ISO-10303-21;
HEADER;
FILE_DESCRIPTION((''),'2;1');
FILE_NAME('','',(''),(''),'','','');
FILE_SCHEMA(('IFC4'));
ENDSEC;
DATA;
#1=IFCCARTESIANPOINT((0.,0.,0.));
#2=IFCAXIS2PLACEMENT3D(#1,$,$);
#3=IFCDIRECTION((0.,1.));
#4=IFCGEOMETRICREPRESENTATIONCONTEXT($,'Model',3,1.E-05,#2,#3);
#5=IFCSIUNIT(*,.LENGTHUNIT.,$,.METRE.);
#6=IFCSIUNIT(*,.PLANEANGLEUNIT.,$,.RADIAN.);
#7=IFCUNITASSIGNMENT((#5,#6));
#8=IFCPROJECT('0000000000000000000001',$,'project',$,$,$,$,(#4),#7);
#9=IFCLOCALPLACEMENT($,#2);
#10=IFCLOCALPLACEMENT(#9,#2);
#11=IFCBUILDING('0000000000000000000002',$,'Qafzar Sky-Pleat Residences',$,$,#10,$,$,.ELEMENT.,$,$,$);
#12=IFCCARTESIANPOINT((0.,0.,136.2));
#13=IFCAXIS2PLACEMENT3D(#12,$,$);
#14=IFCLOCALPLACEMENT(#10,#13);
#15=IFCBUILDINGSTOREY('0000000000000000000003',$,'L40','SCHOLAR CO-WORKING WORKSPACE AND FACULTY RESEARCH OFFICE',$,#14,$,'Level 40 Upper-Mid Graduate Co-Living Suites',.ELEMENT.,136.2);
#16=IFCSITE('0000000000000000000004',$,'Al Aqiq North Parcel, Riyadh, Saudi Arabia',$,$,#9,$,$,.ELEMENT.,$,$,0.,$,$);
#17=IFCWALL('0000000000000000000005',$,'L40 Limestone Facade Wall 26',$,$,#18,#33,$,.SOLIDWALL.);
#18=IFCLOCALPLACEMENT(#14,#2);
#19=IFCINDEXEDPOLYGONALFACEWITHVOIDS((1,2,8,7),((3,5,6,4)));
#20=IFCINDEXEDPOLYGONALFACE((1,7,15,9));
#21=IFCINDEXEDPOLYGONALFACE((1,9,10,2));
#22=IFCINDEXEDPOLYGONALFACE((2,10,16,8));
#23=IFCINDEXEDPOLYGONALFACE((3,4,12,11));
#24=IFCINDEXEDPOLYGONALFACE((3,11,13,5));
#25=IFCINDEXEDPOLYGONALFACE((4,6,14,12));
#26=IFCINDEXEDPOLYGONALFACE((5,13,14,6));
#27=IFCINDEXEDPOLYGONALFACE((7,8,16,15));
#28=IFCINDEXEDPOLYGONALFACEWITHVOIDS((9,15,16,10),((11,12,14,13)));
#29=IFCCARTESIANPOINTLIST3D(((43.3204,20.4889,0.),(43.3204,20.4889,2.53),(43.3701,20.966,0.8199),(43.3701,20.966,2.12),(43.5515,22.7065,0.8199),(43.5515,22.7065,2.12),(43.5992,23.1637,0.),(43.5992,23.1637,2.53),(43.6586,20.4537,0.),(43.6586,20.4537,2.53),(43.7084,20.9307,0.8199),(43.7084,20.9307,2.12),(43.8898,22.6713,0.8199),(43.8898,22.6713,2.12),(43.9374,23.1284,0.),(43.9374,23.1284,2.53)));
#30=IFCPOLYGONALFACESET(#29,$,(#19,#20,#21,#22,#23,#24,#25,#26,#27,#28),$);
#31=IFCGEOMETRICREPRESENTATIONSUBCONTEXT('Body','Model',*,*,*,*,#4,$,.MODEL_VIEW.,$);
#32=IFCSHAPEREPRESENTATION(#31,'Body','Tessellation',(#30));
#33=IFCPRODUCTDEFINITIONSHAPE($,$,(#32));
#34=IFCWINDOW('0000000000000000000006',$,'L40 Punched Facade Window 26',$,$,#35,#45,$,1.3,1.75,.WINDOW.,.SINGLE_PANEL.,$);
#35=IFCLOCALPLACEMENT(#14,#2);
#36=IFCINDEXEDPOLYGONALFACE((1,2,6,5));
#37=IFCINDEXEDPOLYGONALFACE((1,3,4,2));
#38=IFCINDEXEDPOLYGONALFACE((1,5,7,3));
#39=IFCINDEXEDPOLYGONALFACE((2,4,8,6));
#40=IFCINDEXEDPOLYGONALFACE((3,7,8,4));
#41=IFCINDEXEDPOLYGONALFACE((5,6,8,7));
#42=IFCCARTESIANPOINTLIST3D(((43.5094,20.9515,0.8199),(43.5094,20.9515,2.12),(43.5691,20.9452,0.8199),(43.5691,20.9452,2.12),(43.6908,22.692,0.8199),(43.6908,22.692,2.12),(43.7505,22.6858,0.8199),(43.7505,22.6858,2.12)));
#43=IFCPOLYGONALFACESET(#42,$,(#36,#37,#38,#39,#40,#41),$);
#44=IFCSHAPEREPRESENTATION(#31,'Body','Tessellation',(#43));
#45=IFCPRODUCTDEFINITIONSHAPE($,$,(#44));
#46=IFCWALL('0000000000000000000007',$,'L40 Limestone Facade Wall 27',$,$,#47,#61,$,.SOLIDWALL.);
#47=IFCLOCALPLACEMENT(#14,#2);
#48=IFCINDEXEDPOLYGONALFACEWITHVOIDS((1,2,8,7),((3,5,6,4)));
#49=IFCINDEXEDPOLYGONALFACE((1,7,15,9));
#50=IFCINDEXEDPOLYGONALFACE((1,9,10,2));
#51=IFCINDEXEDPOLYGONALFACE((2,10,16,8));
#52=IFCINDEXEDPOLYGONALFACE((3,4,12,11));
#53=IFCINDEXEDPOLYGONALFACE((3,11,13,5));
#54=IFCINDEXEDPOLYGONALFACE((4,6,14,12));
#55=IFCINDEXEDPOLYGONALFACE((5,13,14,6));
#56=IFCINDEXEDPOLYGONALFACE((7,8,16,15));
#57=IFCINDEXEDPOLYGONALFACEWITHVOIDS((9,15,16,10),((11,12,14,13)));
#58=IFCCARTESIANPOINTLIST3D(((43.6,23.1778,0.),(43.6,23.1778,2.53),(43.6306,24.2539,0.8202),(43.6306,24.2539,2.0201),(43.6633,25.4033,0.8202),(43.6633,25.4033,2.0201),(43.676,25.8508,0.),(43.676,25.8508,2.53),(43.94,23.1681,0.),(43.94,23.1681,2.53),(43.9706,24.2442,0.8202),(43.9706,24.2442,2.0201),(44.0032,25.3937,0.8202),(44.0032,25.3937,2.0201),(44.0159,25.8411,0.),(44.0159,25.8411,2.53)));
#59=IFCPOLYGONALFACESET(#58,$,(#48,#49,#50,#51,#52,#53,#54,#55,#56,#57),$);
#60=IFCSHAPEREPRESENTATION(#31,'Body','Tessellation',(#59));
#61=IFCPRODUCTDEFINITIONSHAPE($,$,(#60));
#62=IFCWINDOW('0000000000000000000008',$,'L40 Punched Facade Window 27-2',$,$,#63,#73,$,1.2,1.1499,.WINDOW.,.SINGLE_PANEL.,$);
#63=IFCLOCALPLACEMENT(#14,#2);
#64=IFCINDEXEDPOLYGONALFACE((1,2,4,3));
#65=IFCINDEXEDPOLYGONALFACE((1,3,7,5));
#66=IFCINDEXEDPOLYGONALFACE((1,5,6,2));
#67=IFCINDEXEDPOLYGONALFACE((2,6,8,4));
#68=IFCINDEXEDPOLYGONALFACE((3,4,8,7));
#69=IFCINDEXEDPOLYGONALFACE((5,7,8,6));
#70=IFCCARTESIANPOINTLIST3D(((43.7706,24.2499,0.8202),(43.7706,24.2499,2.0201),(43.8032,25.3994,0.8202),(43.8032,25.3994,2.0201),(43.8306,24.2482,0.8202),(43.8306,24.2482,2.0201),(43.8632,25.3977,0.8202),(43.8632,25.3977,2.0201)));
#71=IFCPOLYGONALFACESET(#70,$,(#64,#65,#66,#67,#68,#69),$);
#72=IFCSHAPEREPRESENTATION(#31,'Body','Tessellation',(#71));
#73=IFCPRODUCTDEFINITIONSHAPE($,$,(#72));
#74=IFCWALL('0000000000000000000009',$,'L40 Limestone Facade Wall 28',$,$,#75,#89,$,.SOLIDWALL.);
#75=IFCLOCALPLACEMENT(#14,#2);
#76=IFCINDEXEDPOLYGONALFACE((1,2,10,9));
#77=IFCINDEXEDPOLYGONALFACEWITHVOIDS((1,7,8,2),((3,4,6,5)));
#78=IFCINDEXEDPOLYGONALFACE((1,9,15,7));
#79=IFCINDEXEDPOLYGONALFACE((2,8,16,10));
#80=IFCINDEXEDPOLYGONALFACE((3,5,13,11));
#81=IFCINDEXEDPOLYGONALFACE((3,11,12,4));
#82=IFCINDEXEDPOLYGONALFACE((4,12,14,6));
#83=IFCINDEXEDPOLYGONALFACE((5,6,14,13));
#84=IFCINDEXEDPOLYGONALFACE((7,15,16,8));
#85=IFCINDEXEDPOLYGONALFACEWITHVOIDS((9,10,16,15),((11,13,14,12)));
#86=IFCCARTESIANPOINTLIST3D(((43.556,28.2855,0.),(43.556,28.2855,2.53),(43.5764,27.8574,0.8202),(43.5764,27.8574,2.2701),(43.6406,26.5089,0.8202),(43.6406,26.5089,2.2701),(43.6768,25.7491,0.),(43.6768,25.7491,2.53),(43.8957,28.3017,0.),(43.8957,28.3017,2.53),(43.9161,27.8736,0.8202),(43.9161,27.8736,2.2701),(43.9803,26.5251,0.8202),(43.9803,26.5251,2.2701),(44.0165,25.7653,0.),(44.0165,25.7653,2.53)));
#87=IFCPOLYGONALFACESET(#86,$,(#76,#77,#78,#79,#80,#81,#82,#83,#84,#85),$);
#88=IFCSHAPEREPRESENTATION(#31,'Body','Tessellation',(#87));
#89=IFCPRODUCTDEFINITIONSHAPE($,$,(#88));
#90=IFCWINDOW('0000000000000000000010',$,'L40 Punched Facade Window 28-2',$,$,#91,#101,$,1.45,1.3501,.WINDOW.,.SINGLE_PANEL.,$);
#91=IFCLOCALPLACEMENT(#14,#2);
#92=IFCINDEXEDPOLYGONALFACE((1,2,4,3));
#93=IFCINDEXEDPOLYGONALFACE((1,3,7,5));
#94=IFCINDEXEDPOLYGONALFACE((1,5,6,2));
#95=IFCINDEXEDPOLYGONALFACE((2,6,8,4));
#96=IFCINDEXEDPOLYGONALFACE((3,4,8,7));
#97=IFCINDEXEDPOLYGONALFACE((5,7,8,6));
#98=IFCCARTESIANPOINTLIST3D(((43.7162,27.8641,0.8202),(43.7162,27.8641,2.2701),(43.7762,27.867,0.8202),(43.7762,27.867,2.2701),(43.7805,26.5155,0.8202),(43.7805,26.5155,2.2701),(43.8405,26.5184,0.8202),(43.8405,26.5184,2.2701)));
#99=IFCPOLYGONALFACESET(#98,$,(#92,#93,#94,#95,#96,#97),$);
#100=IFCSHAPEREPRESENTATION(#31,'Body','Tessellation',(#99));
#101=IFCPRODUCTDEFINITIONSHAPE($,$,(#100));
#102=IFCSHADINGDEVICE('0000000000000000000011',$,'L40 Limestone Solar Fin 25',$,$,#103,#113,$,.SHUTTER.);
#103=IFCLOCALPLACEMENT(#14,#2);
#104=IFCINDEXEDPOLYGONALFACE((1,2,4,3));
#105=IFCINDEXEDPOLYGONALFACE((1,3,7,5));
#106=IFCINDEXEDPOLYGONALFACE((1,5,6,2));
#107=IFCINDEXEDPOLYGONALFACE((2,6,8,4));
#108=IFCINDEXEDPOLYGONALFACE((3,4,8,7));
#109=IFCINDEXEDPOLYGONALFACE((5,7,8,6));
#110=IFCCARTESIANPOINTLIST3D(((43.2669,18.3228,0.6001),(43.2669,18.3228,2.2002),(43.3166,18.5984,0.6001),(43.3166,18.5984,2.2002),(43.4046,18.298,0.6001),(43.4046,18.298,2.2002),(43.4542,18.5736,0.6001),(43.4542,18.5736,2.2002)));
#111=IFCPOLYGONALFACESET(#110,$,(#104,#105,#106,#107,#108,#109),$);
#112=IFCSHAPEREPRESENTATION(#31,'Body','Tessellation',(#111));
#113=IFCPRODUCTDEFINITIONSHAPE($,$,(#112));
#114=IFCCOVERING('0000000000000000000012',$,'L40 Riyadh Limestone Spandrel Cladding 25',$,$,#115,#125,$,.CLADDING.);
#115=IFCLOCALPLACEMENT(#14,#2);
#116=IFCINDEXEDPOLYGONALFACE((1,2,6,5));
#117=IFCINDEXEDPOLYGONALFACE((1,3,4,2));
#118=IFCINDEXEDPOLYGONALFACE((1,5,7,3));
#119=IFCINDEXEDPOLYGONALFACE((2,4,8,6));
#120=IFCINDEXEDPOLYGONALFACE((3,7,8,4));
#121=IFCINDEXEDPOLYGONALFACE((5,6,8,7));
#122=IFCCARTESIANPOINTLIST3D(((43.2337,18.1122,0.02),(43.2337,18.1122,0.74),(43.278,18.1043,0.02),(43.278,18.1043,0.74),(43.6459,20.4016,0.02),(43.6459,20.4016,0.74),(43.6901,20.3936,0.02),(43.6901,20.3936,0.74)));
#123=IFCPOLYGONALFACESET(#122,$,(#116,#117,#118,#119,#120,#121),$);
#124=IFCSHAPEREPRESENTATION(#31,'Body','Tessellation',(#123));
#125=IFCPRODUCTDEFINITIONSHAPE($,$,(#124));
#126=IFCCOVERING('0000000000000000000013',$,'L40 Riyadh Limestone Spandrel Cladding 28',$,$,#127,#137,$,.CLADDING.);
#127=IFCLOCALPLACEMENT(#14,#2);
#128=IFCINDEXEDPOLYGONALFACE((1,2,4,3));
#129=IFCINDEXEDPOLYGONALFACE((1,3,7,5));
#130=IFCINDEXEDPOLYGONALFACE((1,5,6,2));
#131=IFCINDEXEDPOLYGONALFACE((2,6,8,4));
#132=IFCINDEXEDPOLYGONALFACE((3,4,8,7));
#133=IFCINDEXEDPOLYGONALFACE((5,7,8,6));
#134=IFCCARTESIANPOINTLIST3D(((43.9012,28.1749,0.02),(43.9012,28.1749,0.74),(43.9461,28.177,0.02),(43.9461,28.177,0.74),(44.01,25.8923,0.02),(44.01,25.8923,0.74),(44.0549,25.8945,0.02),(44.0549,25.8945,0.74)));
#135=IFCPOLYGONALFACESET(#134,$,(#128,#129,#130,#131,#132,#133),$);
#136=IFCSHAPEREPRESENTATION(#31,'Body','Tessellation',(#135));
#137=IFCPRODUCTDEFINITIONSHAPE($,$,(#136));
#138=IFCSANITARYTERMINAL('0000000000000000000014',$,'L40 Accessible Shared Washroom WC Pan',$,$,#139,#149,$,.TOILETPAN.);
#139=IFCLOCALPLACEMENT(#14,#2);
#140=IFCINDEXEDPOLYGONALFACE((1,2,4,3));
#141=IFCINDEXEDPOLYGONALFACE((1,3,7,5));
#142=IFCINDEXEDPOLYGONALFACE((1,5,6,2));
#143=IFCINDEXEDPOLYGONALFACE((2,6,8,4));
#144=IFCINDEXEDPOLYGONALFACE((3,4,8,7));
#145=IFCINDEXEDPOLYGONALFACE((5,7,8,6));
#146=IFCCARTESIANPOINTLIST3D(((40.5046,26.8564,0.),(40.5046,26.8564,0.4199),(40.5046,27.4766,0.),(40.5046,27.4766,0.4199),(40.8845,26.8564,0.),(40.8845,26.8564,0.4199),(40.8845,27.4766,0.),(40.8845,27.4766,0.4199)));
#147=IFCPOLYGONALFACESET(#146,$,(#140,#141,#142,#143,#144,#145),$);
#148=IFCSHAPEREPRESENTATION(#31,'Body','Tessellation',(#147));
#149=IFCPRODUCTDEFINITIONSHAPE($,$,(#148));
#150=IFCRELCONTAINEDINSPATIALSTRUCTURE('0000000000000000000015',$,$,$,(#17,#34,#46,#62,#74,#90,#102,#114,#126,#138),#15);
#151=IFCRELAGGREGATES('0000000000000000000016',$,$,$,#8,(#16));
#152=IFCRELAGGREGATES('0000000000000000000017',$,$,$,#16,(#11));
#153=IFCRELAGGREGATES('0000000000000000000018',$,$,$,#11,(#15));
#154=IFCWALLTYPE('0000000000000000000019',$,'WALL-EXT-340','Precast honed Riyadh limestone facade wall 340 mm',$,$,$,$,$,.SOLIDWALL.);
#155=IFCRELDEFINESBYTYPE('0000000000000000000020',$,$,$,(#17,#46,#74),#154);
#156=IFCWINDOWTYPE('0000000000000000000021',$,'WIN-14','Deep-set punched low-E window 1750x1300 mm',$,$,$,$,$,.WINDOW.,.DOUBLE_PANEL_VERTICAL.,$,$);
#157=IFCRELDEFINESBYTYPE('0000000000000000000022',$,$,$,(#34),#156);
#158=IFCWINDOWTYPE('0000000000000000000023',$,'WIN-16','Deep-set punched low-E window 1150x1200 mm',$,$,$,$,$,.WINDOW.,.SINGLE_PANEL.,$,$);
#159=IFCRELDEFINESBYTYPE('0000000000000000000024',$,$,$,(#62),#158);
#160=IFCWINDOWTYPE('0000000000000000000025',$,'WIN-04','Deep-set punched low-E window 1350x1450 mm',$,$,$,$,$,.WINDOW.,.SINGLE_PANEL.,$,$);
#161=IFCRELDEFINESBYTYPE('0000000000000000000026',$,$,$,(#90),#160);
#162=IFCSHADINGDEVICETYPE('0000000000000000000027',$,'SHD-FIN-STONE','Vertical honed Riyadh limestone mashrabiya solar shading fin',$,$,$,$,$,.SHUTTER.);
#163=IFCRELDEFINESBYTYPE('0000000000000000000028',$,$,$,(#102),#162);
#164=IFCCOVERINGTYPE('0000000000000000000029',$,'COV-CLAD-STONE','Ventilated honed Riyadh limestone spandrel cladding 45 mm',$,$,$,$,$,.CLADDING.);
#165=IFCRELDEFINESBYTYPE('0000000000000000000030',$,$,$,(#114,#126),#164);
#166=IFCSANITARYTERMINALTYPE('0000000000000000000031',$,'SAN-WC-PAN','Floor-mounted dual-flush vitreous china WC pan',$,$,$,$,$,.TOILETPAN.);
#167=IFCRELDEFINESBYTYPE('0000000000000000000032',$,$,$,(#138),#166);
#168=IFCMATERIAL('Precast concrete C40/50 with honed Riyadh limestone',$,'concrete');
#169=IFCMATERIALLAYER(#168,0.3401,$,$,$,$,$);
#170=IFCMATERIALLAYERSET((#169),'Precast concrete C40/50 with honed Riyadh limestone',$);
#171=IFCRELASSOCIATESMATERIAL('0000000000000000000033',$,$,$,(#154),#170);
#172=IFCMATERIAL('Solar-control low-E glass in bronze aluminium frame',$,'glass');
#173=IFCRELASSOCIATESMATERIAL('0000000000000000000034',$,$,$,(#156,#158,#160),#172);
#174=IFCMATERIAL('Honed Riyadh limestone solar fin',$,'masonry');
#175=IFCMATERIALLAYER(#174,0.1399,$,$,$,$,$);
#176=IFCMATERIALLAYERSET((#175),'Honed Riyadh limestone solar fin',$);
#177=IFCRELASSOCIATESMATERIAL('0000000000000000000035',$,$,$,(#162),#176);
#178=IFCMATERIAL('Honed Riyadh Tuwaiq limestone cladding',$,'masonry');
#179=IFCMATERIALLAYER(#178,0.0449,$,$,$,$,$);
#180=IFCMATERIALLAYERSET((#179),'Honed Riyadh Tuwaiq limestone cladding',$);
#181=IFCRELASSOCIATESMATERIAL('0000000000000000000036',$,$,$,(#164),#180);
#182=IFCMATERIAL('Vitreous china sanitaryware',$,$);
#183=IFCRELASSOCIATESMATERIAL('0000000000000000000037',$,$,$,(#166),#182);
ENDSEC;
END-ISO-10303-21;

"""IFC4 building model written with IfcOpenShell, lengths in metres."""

from ifc_helpers import new_model, si_unit, direction, frame, frame_2d, origin, origin_2d, place, context, subcontext, project, spatial, rectangle, extrude, source, transform, mapped, material, layer, layer_set, type_object, element, fill, save


model = new_model("IFC4")

# Units and contexts
model_context = context("Model", 3, precision=1e-05, world=origin(), true_north=direction((0.0, 1.0)))
body_context = subcontext(model_context, "Body", "Model", "MODEL_VIEW")
ifc_project = project(units=[si_unit("LENGTHUNIT", "METRE"), si_unit("PLANEANGLEUNIT", "RADIAN")], contexts=[model_context])

# Site, building, storey
site_placement = place(None, origin())
site = spatial("IfcSite", under=ifc_project, at=site_placement, Name="Al Aqiq North Parcel, Riyadh, Saudi Arabia", CompositionType="ELEMENT", RefElevation=0.0)
building_placement = place(site_placement, origin())
building = spatial("IfcBuilding", under=site, at=building_placement, Name="Qafzar Sky-Pleat Residences", CompositionType="ELEMENT")
storey_placement = place(building_placement, frame((0.0, 0.0, 136.2)))
storey = spatial("IfcBuildingStorey", under=building, at=storey_placement, Name="L40", Description="SCHOLAR CO-WORKING WORKSPACE AND FACULTY RESEARCH OFFICE", LongName="Level 40 Upper-Mid Graduate Co-Living Suites", CompositionType="ELEMENT", Elevation=136.2)

# Walls, openings, windows
ifc_material_1 = material(Name="Precast concrete C40/50 with honed Riyadh limestone", Category="concrete")
ifc_layer_1 = layer(ifc_material_1, 0.3401)
ifc_layer_set_1 = layer_set([ifc_layer_1], Name="Precast concrete C40/50 with honed Riyadh limestone")
wall_type_1 = type_object("IfcWallType", Name="WALL-EXT-340", Description="Precast honed Riyadh limestone facade wall 340 mm", PredefinedType="SOLIDWALL", material=ifc_layer_set_1)
wall_1_placement = place(storey_placement, frame((43.4895, 20.4712, 0.0), z_axis=(0.0, 0.0, 1.0), x_axis=(0.103673, 0.994611, 0.0)))
wall_1 = element("IfcWall", 1, at=wall_1_placement, inside=storey, type_object=wall_type_1, Name="L40 Limestone Facade Wall 26", PredefinedType="SOLIDWALL", context=body_context, shape_type="SweptSolid", body=[
    extrude(rectangle(XDim=2.6892, YDim=0.3401, at=frame_2d((1.3447, 0.0))), origin(), (0.0, 0.0, 1.0), 2.53),
])
opening_1_placement = place(wall_1_placement, frame((0.4797, 0.0, 0.8201)))
opening_1 = element("IfcOpeningElement", 2, at=opening_1_placement, cuts=wall_1, PredefinedType="OPENING", context=body_context, shape_type="SweptSolid", body=[
    extrude(rectangle(XDim=1.75, YDim=1.3, at=frame_2d((0.875, 0.6499))), frame((0.0, 0.1802, 0.0), z_axis=(0.0, -1.0, 0.0), x_axis=(1.0, 0.0, 0.0)), (0.0, 0.0, 1.0), 0.3601),
])
ifc_material_2 = material(Name="Solar-control low-E glass in bronze aluminium frame", Category="glass")
window_type_1 = type_object("IfcWindowType", Name="WIN-14", Description="Deep-set punched low-E window 1750x1300 mm", PartitioningType="DOUBLE_PANEL_VERTICAL", PredefinedType="WINDOW", material=ifc_material_2)
shared_shape_1 = source(origin(), body_context, "Body", "SweptSolid", [
    extrude(rectangle(XDim=1.75, YDim=1.3, at=frame_2d((0.875, 0.6499))), frame((0.0, 0.03, 0.0), z_axis=(0.0, -1.0, 0.0), x_axis=(1.0, 0.0, 0.0)), (0.0, 0.0, 1.0), 0.0601),
])
window_1_placement = place(opening_1_placement, origin())
window_1 = element("IfcWindow", 3, at=window_1_placement, inside=storey, type_object=window_type_1, Name="L40 Punched Facade Window 26", OverallHeight=1.3, OverallWidth=1.75, PartitioningType="SINGLE_PANEL", PredefinedType="WINDOW", context=body_context, shape_type="MappedRepresentation", body=[
    mapped(shared_shape_1, transform((0.0, 0.0, 0.0), x_axis=(1.0, 0.0, 0.0), y_axis=(0.0, 1.0, 0.0), z_axis=(0.0, 0.0, 1.0), scale=1.0)),
])
fill(opening_1, window_1)
wall_2_placement = place(storey_placement, frame((43.77, 23.1731, 0.0), z_axis=(0.0, 0.0, 1.0), x_axis=(0.028393, 0.999597, 0.0)))
wall_2 = element("IfcWall", 4, at=wall_2_placement, inside=storey, type_object=wall_type_1, Name="L40 Limestone Facade Wall 27", PredefinedType="SOLIDWALL", context=body_context, shape_type="SweptSolid", body=[
    extrude(rectangle(XDim=2.6741, YDim=0.3401, at=frame_2d((1.3369, 0.0))), origin(), (0.0, 0.0, 1.0), 2.53),
])
opening_2_placement = place(wall_2_placement, frame((1.0764, 0.0, 0.8201)))
opening_2 = element("IfcOpeningElement", 5, at=opening_2_placement, cuts=wall_2, PredefinedType="OPENING", context=body_context, shape_type="SweptSolid", body=[
    extrude(rectangle(XDim=1.1499, YDim=1.2, at=frame_2d((0.575, 0.6001))), frame((0.0, 0.1802, 0.0), z_axis=(0.0, -1.0, 0.0), x_axis=(1.0, 0.0, 0.0)), (0.0, 0.0, 1.0), 0.3601),
])
window_type_2 = type_object("IfcWindowType", Name="WIN-16", Description="Deep-set punched low-E window 1150x1200 mm", PartitioningType="SINGLE_PANEL", PredefinedType="WINDOW", material=ifc_material_2)
shared_shape_2 = source(origin(), body_context, "Body", "SweptSolid", [
    extrude(rectangle(XDim=1.1499, YDim=1.2, at=frame_2d((0.575, 0.6001))), frame((0.0, 0.03, 0.0), z_axis=(0.0, -1.0, 0.0), x_axis=(1.0, 0.0, 0.0)), (0.0, 0.0, 1.0), 0.0601),
])
window_2_placement = place(opening_2_placement, origin())
window_2 = element("IfcWindow", 6, at=window_2_placement, inside=storey, type_object=window_type_2, Name="L40 Punched Facade Window 27-2", OverallHeight=1.2, OverallWidth=1.1499, PartitioningType="SINGLE_PANEL", PredefinedType="WINDOW", context=body_context, shape_type="MappedRepresentation", body=[
    mapped(shared_shape_2, transform((0.0, 0.0, 0.0), x_axis=(1.0, 0.0, 0.0), y_axis=(0.0, 1.0, 0.0), z_axis=(0.0, 0.0, 1.0), scale=1.0)),
])
fill(opening_2, window_2)
wall_3_placement = place(storey_placement, frame((43.8467, 25.7573, 0.0), z_axis=(0.0, 0.0, 1.0), x_axis=(-0.047593, 0.998867, 0.0)))
wall_3 = element("IfcWall", 7, at=wall_3_placement, inside=storey, type_object=wall_type_1, Name="L40 Limestone Facade Wall 28", PredefinedType="SOLIDWALL", context=body_context, shape_type="SweptSolid", body=[
    extrude(rectangle(XDim=2.5393, YDim=0.3401, at=frame_2d((1.2695, 0.0))), origin(), (0.0, 0.0, 1.0), 2.53),
])
opening_3_placement = place(wall_3_placement, frame((0.7605, 0.0, 0.8201)))
opening_3 = element("IfcOpeningElement", 8, at=opening_3_placement, cuts=wall_3, PredefinedType="OPENING", context=body_context, shape_type="SweptSolid", body=[
    extrude(rectangle(XDim=1.3501, YDim=1.45, at=frame_2d((0.675, 0.7251))), frame((0.0, 0.1802, 0.0), z_axis=(0.0, -1.0, 0.0), x_axis=(1.0, 0.0, 0.0)), (0.0, 0.0, 1.0), 0.3601),
])
window_type_3 = type_object("IfcWindowType", Name="WIN-04", Description="Deep-set punched low-E window 1350x1450 mm", PartitioningType="SINGLE_PANEL", PredefinedType="WINDOW", material=ifc_material_2)
shared_shape_3 = source(origin(), body_context, "Body", "SweptSolid", [
    extrude(rectangle(XDim=1.3501, YDim=1.45, at=frame_2d((0.675, 0.7251))), frame((0.0, 0.03, 0.0), z_axis=(0.0, -1.0, 0.0), x_axis=(1.0, 0.0, 0.0)), (0.0, 0.0, 1.0), 0.0601),
])
window_3_placement = place(opening_3_placement, origin())
window_3 = element("IfcWindow", 9, at=window_3_placement, inside=storey, type_object=window_type_3, Name="L40 Punched Facade Window 28-2", OverallHeight=1.45, OverallWidth=1.3501, PartitioningType="SINGLE_PANEL", PredefinedType="WINDOW", context=body_context, shape_type="MappedRepresentation", body=[
    mapped(shared_shape_3, transform((0.0, 0.0, 0.0), x_axis=(1.0, 0.0, 0.0), y_axis=(0.0, 1.0, 0.0), z_axis=(0.0, 0.0, 1.0), scale=1.0)),
])
fill(opening_3, window_3)

# Shading device
ifc_material_3 = material(Name="Honed Riyadh limestone solar fin", Category="masonry")
ifc_layer_2 = layer(ifc_material_3, 0.1399)
ifc_layer_set_2 = layer_set([ifc_layer_2], Name="Honed Riyadh limestone solar fin")
shading_device_type = type_object("IfcShadingDeviceType", Name="SHD-FIN-STONE", Description="Vertical honed Riyadh limestone mashrabiya solar shading fin", PredefinedType="SHUTTER", material=ifc_layer_set_2)
shared_shape_4 = source(origin(), body_context, "Body", "SweptSolid", [
    extrude(rectangle(XDim=0.1399, YDim=0.28, at=origin_2d()), origin(), (0.0, 0.0, 1.0), 1.6001),
])
shading_device_placement = place(storey_placement, frame((43.3606, 18.4482, 0.6001), z_axis=(0.0, 0.0, 1.0), x_axis=(0.984177, -0.177188, 0.0)))
element("IfcShadingDevice", 10, at=shading_device_placement, inside=storey, type_object=shading_device_type, Name="L40 Limestone Solar Fin 25", PredefinedType="SHUTTER", context=body_context, shape_type="MappedRepresentation", body=[
    mapped(shared_shape_4, transform((0.0, 0.0, 0.0), x_axis=(1.0, 0.0, 0.0), y_axis=(0.0, 1.0, 0.0), z_axis=(0.0, 0.0, 1.0), scale=1.0)),
])

# Coverings
ifc_material_4 = material(Name="Honed Riyadh Tuwaiq limestone cladding", Category="masonry")
ifc_layer_3 = layer(ifc_material_4, 0.0449)
ifc_layer_set_3 = layer_set([ifc_layer_3], Name="Honed Riyadh Tuwaiq limestone cladding")
covering_type = type_object("IfcCoveringType", Name="COV-CLAD-STONE", Description="Ventilated honed Riyadh limestone spandrel cladding 45 mm", PredefinedType="CLADDING", material=ifc_layer_set_3)
shared_shape_5 = source(origin(), body_context, "Body", "SweptSolid", [
    extrude(rectangle(XDim=2.3262, YDim=0.0449, at=origin_2d()), origin(), (0.0, 0.0, 1.0), 0.72),
])
covering_1_placement = place(storey_placement, frame((43.4619, 19.2529, 0.02), z_axis=(0.0, 0.0, 1.0), x_axis=(0.177166, 0.984181, 0.0)))
element("IfcCovering", 11, at=covering_1_placement, inside=storey, type_object=covering_type, Name="L40 Riyadh Limestone Spandrel Cladding 25", PredefinedType="CLADDING", context=body_context, shape_type="MappedRepresentation", body=[
    mapped(shared_shape_5, transform((0.0, 0.0, 0.0), x_axis=(1.0, 0.0, 0.0), y_axis=(0.0, 1.0, 0.0), z_axis=(0.0, 0.0, 1.0), scale=1.0)),
])
shared_shape_6 = source(origin(), body_context, "Body", "SweptSolid", [
    extrude(rectangle(XDim=2.2852, YDim=0.0449, at=origin_2d()), origin(), (0.0, 0.0, 1.0), 0.72),
])
covering_2_placement = place(storey_placement, frame((43.978, 27.0347, 0.02), z_axis=(0.0, 0.0, 1.0), x_axis=(-0.047614, 0.998866, 0.0)))
element("IfcCovering", 12, at=covering_2_placement, inside=storey, type_object=covering_type, Name="L40 Riyadh Limestone Spandrel Cladding 28", PredefinedType="CLADDING", context=body_context, shape_type="MappedRepresentation", body=[
    mapped(shared_shape_6, transform((0.0, 0.0, 0.0), x_axis=(1.0, 0.0, 0.0), y_axis=(0.0, 1.0, 0.0), z_axis=(0.0, 0.0, 1.0), scale=1.0)),
])

# Sanitary terminal
ifc_material_5 = material(Name="Vitreous china sanitaryware")
sanitary_terminal_type_1 = type_object("IfcSanitaryTerminalType", Name="SAN-WC-PAN", Description="Floor-mounted dual-flush vitreous china WC pan", PredefinedType="TOILETPAN", material=ifc_material_5)
shared_shape_7 = source(origin(), body_context, "Body", "SweptSolid", [
    extrude(rectangle(XDim=0.3799, YDim=0.6201, at=origin_2d()), origin(), (0.0, 0.0, 1.0), 0.4199),
])
sanitary_terminal_1_placement = place(storey_placement, frame((40.6946, 27.1665, 0.0), z_axis=(0.0, 0.0, 1.0), x_axis=(1.0, 0.0, 0.0)))
element("IfcSanitaryTerminal", 13, at=sanitary_terminal_1_placement, inside=storey, type_object=sanitary_terminal_type_1, Name="L40 Accessible Shared Washroom WC Pan", PredefinedType="TOILETPAN", context=body_context, shape_type="MappedRepresentation", body=[
    mapped(shared_shape_7, transform((0.0, 0.0, 0.0), x_axis=(1.0, 0.0, 0.0), y_axis=(0.0, 1.0, 0.0), z_axis=(0.0, 0.0, 1.0), scale=1.0)),
])

save(model, "model.ifc")
